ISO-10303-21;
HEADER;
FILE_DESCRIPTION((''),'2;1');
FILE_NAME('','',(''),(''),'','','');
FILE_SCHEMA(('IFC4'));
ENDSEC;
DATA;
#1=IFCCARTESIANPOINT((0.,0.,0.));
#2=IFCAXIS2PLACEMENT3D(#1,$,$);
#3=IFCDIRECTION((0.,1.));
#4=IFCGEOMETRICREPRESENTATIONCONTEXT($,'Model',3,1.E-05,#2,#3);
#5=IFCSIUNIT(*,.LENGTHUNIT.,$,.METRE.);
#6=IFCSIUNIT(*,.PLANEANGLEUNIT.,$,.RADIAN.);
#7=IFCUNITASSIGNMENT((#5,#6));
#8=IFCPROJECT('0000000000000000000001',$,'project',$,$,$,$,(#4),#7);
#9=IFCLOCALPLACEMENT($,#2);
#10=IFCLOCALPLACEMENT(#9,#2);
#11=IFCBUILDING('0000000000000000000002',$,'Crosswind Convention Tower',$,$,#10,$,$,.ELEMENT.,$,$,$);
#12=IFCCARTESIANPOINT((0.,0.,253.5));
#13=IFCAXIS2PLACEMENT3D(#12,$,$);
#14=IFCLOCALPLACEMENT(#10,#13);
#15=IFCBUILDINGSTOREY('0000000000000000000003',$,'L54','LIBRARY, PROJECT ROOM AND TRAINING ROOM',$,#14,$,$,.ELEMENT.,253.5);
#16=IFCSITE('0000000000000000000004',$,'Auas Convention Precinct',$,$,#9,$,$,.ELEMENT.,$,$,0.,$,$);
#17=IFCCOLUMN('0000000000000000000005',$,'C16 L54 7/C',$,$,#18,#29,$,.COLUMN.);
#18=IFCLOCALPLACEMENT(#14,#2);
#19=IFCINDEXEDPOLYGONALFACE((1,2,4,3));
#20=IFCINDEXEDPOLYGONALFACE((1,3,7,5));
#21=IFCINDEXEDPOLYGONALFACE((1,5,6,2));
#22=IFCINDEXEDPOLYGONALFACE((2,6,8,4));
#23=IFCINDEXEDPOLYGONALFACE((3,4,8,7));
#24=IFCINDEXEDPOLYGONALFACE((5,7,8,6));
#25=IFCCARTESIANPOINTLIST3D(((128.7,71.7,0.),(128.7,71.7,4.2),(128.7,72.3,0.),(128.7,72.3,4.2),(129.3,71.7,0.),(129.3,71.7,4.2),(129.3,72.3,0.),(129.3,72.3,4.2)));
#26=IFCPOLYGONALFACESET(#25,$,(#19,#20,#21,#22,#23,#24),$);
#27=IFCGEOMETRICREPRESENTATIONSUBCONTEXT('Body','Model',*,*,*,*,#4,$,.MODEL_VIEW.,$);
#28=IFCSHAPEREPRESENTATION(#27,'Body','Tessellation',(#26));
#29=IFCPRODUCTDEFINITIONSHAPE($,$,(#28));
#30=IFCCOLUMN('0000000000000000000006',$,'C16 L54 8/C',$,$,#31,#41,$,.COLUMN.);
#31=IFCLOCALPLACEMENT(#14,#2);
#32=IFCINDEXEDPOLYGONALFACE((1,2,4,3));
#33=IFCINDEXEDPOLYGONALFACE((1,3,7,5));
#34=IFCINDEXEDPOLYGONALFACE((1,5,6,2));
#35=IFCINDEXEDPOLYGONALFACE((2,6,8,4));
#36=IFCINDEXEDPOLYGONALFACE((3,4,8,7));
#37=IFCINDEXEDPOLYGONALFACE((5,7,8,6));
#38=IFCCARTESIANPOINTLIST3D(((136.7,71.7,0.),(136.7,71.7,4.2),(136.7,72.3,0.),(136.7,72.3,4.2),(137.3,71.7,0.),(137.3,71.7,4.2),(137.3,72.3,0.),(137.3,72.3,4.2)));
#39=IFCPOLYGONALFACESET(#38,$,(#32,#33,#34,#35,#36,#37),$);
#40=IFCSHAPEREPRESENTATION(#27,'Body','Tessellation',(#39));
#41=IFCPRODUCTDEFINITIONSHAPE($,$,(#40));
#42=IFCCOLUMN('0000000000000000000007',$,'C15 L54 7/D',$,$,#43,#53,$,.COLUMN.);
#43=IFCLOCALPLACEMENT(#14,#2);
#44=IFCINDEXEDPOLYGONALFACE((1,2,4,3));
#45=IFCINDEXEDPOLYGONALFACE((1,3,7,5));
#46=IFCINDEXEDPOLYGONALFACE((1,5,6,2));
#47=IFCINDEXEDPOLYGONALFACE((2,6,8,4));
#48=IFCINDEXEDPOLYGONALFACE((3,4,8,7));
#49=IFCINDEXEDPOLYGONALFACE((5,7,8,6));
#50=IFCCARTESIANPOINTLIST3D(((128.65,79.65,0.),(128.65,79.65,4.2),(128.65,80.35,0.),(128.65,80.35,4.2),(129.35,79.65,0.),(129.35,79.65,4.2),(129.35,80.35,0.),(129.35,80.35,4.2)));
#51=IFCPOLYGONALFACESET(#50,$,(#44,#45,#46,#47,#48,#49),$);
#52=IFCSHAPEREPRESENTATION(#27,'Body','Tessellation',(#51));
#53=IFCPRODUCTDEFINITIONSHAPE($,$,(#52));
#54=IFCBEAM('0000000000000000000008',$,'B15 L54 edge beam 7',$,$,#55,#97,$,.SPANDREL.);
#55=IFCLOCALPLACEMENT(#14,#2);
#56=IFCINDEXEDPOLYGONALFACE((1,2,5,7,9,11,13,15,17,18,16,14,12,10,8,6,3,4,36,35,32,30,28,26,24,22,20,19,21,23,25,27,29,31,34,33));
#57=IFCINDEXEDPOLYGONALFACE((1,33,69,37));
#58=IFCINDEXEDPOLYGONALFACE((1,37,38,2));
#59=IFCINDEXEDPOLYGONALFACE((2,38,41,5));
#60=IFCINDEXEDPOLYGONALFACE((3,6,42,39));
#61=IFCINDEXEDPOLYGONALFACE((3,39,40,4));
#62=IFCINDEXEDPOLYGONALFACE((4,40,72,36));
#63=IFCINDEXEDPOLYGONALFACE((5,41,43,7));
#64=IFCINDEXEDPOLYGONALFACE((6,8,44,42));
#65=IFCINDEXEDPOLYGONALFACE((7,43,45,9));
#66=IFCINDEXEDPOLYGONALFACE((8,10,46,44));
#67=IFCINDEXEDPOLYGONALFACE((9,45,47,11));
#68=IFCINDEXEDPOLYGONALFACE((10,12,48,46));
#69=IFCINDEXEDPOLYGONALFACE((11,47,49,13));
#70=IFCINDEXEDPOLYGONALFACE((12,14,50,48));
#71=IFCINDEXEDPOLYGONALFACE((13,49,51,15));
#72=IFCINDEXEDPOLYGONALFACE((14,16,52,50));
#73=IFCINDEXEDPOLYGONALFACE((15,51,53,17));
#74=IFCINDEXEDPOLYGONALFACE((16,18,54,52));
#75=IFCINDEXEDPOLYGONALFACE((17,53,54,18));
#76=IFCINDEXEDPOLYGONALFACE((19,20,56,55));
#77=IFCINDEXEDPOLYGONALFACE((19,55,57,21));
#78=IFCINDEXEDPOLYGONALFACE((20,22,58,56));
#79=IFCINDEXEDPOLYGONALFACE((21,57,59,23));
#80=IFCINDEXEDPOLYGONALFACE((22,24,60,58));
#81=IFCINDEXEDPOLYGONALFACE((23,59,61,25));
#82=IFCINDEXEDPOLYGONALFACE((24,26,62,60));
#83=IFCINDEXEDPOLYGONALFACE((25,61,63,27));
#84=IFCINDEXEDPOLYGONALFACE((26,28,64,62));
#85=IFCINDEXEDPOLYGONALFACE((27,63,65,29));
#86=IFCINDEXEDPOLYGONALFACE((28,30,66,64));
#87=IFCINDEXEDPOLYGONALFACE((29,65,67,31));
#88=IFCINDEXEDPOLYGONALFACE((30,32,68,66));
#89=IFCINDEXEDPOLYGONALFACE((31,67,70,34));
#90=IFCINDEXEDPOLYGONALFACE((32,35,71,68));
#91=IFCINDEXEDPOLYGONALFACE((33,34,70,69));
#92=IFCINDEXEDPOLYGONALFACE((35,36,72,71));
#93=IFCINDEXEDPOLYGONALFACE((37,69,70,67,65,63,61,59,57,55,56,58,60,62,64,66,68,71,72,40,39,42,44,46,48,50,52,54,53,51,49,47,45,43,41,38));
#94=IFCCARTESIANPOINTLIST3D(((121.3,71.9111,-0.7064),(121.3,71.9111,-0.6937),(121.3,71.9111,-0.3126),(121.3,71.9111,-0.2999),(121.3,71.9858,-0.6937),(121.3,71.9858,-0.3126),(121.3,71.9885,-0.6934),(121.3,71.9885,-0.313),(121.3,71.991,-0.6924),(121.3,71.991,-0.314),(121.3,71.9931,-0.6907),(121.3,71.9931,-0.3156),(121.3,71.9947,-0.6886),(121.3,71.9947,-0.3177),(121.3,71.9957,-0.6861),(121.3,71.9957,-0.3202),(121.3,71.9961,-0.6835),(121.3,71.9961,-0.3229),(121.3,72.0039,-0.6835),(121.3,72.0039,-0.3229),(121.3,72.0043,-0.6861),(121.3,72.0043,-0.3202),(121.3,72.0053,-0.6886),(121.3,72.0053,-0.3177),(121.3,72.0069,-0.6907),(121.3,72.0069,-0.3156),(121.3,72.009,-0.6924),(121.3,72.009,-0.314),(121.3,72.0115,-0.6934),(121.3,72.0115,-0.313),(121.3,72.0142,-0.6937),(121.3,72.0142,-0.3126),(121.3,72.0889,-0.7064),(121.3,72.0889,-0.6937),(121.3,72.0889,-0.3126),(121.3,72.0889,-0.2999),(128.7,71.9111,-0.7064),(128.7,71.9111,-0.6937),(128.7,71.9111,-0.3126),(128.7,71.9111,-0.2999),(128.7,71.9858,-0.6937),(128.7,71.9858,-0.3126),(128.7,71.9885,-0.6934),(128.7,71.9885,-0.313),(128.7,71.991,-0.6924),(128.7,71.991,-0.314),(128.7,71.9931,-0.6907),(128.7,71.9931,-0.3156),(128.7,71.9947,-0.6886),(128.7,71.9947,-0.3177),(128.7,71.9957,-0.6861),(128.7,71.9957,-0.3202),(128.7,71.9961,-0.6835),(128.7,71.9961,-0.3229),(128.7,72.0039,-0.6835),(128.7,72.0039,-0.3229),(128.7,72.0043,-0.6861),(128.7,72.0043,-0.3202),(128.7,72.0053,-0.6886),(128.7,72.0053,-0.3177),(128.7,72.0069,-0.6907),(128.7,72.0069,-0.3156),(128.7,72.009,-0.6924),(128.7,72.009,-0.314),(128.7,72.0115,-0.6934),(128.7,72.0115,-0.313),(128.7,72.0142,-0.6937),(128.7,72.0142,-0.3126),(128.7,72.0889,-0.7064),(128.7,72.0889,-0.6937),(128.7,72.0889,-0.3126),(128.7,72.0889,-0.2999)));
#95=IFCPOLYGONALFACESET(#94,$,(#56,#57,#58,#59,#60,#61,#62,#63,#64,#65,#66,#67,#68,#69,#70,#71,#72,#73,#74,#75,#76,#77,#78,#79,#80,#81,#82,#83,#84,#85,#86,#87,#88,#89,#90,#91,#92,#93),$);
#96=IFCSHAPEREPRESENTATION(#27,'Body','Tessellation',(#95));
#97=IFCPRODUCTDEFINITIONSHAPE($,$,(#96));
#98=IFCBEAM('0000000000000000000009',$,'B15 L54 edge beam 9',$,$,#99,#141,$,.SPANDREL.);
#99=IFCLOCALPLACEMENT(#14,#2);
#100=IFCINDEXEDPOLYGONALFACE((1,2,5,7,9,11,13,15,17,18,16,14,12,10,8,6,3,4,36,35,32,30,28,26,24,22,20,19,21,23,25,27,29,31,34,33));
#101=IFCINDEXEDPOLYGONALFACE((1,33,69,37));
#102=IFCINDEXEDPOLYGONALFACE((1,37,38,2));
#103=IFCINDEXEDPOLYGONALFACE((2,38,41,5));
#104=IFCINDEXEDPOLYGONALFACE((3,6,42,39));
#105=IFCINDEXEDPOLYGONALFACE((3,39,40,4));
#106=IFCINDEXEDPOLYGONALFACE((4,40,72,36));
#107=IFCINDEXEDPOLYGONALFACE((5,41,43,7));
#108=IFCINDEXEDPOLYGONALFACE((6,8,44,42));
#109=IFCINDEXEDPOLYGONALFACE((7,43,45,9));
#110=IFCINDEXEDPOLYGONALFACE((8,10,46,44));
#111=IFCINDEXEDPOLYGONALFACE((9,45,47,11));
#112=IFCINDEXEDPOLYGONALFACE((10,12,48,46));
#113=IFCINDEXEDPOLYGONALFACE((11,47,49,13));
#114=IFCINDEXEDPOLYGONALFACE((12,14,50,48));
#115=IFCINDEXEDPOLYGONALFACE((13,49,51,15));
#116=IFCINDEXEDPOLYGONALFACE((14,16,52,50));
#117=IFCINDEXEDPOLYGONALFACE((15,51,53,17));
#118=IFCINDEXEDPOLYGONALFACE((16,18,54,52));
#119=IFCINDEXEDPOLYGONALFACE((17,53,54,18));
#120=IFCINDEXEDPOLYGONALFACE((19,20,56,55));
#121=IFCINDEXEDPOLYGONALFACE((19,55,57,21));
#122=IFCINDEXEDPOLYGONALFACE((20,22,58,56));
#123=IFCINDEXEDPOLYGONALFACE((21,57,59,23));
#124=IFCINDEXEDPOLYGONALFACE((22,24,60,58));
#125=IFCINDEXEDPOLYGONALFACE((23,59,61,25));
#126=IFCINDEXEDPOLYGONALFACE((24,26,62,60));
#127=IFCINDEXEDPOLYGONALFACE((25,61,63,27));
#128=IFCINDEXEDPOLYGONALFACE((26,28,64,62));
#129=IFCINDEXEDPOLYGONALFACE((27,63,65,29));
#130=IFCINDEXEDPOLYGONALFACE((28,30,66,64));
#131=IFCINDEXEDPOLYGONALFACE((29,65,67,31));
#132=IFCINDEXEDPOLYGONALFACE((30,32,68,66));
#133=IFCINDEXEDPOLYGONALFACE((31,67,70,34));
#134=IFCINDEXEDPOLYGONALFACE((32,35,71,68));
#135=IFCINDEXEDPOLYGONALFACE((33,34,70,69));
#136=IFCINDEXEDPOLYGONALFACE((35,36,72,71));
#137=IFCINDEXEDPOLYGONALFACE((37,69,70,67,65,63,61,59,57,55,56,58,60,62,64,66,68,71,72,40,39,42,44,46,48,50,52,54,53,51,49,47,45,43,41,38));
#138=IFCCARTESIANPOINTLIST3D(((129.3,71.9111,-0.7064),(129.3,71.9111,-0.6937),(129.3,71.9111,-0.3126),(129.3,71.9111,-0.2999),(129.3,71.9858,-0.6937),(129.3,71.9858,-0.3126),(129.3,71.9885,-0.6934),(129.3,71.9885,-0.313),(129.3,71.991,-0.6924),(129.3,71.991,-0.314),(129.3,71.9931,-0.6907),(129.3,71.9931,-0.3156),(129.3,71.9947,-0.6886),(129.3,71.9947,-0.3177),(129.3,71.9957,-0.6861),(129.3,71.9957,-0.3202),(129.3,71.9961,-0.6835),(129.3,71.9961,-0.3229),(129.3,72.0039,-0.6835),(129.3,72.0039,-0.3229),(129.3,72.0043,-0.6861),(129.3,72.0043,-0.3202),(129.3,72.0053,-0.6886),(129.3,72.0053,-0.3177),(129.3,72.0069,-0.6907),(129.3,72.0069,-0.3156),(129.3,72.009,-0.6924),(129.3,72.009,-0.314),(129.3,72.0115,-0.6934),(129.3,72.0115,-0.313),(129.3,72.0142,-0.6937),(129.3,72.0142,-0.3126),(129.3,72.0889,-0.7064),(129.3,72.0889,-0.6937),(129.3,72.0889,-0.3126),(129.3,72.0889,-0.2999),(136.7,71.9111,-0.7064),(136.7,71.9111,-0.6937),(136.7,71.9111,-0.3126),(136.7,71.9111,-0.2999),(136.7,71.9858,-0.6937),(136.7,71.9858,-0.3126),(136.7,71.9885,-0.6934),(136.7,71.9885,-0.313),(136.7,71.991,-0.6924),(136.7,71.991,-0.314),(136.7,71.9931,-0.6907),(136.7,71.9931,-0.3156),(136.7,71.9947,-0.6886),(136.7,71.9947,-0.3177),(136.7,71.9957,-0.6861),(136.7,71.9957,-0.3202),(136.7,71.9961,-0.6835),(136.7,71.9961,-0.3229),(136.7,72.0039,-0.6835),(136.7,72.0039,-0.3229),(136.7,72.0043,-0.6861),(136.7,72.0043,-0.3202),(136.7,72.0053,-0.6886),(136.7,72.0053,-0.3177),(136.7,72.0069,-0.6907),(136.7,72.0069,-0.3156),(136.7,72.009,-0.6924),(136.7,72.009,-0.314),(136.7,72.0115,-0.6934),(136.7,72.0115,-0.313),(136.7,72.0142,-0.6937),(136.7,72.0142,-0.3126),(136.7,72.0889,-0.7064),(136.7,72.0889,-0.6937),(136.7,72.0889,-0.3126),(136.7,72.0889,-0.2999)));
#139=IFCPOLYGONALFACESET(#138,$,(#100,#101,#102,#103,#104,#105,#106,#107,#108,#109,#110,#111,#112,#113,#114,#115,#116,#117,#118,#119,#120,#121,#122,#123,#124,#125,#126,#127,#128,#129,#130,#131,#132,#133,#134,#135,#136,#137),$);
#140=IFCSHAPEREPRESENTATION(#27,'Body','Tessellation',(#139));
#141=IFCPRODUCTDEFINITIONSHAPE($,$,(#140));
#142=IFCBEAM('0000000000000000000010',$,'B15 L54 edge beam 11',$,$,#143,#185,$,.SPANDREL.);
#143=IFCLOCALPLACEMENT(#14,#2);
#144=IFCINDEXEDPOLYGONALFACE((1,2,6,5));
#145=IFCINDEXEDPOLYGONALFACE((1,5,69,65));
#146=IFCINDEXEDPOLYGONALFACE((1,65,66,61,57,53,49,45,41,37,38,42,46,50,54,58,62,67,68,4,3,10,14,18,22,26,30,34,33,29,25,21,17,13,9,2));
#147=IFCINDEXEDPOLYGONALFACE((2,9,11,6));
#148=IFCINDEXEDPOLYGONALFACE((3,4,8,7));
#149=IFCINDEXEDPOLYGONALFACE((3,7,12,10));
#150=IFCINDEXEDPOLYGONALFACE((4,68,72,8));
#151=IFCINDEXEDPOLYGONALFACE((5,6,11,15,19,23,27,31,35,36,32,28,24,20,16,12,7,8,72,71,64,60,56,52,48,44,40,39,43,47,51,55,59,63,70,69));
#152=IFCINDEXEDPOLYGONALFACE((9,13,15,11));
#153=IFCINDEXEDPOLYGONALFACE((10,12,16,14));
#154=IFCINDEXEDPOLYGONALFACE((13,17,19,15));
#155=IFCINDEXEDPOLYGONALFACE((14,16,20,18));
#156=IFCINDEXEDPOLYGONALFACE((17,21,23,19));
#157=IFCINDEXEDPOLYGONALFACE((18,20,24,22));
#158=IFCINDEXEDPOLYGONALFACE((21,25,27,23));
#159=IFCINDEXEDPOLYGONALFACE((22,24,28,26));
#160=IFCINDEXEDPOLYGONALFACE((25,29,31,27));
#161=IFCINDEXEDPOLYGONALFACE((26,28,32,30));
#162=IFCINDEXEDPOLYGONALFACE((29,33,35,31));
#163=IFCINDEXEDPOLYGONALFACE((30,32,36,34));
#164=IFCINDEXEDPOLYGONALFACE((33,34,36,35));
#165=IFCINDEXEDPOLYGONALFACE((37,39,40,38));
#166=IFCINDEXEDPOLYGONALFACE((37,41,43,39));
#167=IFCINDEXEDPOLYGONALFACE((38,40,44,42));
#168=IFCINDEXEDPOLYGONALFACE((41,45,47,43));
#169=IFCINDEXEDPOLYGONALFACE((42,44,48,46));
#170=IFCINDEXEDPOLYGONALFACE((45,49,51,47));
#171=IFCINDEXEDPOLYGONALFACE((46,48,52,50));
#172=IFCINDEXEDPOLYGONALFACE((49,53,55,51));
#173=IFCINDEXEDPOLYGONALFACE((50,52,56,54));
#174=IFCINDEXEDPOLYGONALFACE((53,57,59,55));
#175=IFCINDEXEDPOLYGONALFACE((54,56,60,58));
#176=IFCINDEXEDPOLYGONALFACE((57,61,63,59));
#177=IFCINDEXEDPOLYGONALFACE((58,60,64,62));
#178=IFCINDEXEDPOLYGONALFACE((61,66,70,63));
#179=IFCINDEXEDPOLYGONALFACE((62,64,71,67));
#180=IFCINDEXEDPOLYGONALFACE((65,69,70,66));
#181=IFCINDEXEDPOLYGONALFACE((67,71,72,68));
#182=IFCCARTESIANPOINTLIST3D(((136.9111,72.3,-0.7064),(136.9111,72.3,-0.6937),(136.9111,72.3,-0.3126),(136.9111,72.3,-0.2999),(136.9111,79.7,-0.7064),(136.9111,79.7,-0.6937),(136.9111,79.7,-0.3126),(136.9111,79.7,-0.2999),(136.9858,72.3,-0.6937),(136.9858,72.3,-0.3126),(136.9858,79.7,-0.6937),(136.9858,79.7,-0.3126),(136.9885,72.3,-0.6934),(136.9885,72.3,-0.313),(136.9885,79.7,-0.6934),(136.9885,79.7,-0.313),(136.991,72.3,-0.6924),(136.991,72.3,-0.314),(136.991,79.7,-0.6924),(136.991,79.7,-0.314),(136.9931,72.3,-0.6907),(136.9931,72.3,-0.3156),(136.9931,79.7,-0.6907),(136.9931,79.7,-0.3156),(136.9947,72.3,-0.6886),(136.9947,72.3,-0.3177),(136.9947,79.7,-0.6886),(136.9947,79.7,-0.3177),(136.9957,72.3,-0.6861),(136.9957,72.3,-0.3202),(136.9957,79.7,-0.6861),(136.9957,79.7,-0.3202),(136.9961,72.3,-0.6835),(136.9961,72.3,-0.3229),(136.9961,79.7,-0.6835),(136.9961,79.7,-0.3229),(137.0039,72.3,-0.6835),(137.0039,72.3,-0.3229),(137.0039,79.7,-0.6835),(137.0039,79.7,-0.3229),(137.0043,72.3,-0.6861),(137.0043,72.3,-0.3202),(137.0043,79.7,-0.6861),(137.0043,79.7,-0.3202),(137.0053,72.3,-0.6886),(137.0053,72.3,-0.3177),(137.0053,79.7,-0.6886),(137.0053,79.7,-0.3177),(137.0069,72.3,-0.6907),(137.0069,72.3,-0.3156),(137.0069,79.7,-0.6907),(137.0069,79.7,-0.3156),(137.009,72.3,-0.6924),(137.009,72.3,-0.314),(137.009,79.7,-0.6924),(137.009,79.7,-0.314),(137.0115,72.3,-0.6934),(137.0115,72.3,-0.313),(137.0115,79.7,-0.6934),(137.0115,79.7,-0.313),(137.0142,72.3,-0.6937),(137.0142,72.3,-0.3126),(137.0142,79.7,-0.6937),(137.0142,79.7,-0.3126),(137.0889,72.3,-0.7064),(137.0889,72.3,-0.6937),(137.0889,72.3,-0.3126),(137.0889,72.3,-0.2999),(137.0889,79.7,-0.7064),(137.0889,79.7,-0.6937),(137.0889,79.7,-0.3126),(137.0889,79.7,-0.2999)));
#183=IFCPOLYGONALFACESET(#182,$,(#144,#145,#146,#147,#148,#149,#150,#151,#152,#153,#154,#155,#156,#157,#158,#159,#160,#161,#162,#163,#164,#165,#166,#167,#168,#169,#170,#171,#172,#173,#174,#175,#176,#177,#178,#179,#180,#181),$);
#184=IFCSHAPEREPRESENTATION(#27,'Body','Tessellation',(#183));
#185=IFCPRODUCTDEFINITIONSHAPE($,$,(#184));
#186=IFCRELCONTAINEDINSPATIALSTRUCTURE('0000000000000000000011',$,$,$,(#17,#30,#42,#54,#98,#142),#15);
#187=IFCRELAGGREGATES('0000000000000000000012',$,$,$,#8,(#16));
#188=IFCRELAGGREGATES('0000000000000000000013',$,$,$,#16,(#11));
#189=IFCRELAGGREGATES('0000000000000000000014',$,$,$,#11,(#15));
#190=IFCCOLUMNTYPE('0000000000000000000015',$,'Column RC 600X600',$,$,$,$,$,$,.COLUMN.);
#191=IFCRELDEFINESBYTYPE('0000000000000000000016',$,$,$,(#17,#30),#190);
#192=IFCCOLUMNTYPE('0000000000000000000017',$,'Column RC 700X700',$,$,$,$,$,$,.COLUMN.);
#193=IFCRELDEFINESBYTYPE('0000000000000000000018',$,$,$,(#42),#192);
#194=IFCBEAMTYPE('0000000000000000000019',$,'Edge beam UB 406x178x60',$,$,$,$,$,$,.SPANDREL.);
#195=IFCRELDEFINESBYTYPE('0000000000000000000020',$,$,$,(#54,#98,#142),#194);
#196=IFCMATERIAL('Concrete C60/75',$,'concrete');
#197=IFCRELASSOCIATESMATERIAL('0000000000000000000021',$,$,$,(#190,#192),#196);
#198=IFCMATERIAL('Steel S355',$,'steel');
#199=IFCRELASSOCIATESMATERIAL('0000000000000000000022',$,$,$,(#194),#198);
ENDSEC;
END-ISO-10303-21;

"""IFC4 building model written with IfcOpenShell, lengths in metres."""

from ifc_helpers import new_model, si_unit, direction, frame, origin, origin_2d, place, context, subcontext, project, spatial, rectangle, i_section, extrude, material, material_profile, profile_set, type_object, element, save


model = new_model("IFC4")

# Units and contexts
model_context = context("Model", 3, precision=1e-05, world=origin(), true_north=direction((0.0, 1.0)))
body_context = subcontext(model_context, "Body", "Model", "MODEL_VIEW")
ifc_project = project(units=[si_unit("LENGTHUNIT", "METRE"), si_unit("PLANEANGLEUNIT", "RADIAN")], contexts=[model_context])

# Site, building, storey
site_placement = place(None, origin())
site = spatial("IfcSite", under=ifc_project, at=site_placement, Name="Auas Convention Precinct", CompositionType="ELEMENT", RefElevation=0.0)
building_placement = place(site_placement, origin())
building = spatial("IfcBuilding", under=site, at=building_placement, Name="Crosswind Convention Tower", CompositionType="ELEMENT")
storey_placement = place(building_placement, frame((0.0, 0.0, 253.5)))
storey = spatial("IfcBuildingStorey", under=building, at=storey_placement, Name="L54", Description="LIBRARY, PROJECT ROOM AND TRAINING ROOM", CompositionType="ELEMENT", Elevation=253.5)

# Columns
ifc_material_1 = material(Name="Concrete C60/75", Category="concrete")
ifc_material_profile_1 = material_profile(ifc_material_1, rectangle(XDim=0.6001, YDim=0.6001, at=origin_2d()), Name="RC 600X600")
ifc_profile_set_1 = profile_set([ifc_material_profile_1], Name="Concrete C60/75")
column_type_1 = type_object("IfcColumnType", Name="Column RC 600X600", PredefinedType="COLUMN", material=ifc_profile_set_1)
for number, where, z_axis, x_axis, name in (
    (1, (129.0, 72.0, 0.0), (0.0, 0.0, 1.0), (1.0, 0.0, 0.0), "C16 L54 7/C"),
    (2, (137.0, 72.0, 0.0), (0.0, 0.0, 1.0), (1.0, 0.0, 0.0), "C16 L54 8/C"),
):
    element("IfcColumn", number, at=place(storey_placement, frame(where, z_axis=z_axis, x_axis=x_axis)), inside=storey, type_object=column_type_1, Name=name, PredefinedType="COLUMN", context=body_context, shape_type="SweptSolid", body=[
        extrude(rectangle(XDim=0.6001, YDim=0.6001, at=origin_2d()), origin(), (0.0, 0.0, 1.0), 4.2),
    ])
ifc_material_profile_2 = material_profile(ifc_material_1, rectangle(XDim=0.7, YDim=0.7, at=origin_2d()), Name="RC 700X700")
ifc_profile_set_2 = profile_set([ifc_material_profile_2], Name="Concrete C60/75")
column_type_2 = type_object("IfcColumnType", Name="Column RC 700X700", PredefinedType="COLUMN", material=ifc_profile_set_2)
column_placement = place(storey_placement, frame((129.0, 80.0, 0.0), z_axis=(0.0, 0.0, 1.0), x_axis=(1.0, 0.0, 0.0)))
element("IfcColumn", 3, at=column_placement, inside=storey, type_object=column_type_2, Name="C15 L54 7/D", PredefinedType="COLUMN", context=body_context, shape_type="SweptSolid", body=[
    extrude(rectangle(XDim=0.7, YDim=0.7, at=origin_2d()), origin(), (0.0, 0.0, 1.0), 4.2),
])

# Beams
ifc_material_2 = material(Name="Steel S355", Category="steel")
ifc_material_profile_3 = material_profile(ifc_material_2, i_section(OverallWidth=0.1777, OverallDepth=0.4065, WebThickness=0.0078, FlangeThickness=0.0127, FilletRadius=0.0103, at=origin_2d()), Name="UB 406x178x60")
ifc_profile_set_3 = profile_set([ifc_material_profile_3], Name="Steel S355")
beam_type_1 = type_object("IfcBeamType", Name="Edge beam UB 406x178x60", PredefinedType="SPANDREL", material=ifc_profile_set_3)
for number, where, z_axis, x_axis, name in (
    (4, (121.3, 72.0, -0.5032), (1.0, 0.0, 0.0), (0.0, 1.0, 0.0), "B15 L54 edge beam 7"),
    (5, (129.3, 72.0, -0.5032), (1.0, 0.0, 0.0), (0.0, 1.0, 0.0), "B15 L54 edge beam 9"),
    (6, (137.0, 72.3, -0.5032), (0.0, 1.0, 0.0), (-1.0, 0.0, 0.0), "B15 L54 edge beam 11"),
):
    element("IfcBeam", number, at=place(storey_placement, frame(where, z_axis=z_axis, x_axis=x_axis)), inside=storey, type_object=beam_type_1, Name=name, PredefinedType="SPANDREL", context=body_context, shape_type="SweptSolid", body=[
        extrude(i_section(OverallWidth=0.1777, OverallDepth=0.4065, WebThickness=0.0078, FlangeThickness=0.0127, FilletRadius=0.0103, at=origin_2d()), origin(), (0.0, 0.0, 1.0), 7.3999),
    ])

save(model, "model.ifc")
